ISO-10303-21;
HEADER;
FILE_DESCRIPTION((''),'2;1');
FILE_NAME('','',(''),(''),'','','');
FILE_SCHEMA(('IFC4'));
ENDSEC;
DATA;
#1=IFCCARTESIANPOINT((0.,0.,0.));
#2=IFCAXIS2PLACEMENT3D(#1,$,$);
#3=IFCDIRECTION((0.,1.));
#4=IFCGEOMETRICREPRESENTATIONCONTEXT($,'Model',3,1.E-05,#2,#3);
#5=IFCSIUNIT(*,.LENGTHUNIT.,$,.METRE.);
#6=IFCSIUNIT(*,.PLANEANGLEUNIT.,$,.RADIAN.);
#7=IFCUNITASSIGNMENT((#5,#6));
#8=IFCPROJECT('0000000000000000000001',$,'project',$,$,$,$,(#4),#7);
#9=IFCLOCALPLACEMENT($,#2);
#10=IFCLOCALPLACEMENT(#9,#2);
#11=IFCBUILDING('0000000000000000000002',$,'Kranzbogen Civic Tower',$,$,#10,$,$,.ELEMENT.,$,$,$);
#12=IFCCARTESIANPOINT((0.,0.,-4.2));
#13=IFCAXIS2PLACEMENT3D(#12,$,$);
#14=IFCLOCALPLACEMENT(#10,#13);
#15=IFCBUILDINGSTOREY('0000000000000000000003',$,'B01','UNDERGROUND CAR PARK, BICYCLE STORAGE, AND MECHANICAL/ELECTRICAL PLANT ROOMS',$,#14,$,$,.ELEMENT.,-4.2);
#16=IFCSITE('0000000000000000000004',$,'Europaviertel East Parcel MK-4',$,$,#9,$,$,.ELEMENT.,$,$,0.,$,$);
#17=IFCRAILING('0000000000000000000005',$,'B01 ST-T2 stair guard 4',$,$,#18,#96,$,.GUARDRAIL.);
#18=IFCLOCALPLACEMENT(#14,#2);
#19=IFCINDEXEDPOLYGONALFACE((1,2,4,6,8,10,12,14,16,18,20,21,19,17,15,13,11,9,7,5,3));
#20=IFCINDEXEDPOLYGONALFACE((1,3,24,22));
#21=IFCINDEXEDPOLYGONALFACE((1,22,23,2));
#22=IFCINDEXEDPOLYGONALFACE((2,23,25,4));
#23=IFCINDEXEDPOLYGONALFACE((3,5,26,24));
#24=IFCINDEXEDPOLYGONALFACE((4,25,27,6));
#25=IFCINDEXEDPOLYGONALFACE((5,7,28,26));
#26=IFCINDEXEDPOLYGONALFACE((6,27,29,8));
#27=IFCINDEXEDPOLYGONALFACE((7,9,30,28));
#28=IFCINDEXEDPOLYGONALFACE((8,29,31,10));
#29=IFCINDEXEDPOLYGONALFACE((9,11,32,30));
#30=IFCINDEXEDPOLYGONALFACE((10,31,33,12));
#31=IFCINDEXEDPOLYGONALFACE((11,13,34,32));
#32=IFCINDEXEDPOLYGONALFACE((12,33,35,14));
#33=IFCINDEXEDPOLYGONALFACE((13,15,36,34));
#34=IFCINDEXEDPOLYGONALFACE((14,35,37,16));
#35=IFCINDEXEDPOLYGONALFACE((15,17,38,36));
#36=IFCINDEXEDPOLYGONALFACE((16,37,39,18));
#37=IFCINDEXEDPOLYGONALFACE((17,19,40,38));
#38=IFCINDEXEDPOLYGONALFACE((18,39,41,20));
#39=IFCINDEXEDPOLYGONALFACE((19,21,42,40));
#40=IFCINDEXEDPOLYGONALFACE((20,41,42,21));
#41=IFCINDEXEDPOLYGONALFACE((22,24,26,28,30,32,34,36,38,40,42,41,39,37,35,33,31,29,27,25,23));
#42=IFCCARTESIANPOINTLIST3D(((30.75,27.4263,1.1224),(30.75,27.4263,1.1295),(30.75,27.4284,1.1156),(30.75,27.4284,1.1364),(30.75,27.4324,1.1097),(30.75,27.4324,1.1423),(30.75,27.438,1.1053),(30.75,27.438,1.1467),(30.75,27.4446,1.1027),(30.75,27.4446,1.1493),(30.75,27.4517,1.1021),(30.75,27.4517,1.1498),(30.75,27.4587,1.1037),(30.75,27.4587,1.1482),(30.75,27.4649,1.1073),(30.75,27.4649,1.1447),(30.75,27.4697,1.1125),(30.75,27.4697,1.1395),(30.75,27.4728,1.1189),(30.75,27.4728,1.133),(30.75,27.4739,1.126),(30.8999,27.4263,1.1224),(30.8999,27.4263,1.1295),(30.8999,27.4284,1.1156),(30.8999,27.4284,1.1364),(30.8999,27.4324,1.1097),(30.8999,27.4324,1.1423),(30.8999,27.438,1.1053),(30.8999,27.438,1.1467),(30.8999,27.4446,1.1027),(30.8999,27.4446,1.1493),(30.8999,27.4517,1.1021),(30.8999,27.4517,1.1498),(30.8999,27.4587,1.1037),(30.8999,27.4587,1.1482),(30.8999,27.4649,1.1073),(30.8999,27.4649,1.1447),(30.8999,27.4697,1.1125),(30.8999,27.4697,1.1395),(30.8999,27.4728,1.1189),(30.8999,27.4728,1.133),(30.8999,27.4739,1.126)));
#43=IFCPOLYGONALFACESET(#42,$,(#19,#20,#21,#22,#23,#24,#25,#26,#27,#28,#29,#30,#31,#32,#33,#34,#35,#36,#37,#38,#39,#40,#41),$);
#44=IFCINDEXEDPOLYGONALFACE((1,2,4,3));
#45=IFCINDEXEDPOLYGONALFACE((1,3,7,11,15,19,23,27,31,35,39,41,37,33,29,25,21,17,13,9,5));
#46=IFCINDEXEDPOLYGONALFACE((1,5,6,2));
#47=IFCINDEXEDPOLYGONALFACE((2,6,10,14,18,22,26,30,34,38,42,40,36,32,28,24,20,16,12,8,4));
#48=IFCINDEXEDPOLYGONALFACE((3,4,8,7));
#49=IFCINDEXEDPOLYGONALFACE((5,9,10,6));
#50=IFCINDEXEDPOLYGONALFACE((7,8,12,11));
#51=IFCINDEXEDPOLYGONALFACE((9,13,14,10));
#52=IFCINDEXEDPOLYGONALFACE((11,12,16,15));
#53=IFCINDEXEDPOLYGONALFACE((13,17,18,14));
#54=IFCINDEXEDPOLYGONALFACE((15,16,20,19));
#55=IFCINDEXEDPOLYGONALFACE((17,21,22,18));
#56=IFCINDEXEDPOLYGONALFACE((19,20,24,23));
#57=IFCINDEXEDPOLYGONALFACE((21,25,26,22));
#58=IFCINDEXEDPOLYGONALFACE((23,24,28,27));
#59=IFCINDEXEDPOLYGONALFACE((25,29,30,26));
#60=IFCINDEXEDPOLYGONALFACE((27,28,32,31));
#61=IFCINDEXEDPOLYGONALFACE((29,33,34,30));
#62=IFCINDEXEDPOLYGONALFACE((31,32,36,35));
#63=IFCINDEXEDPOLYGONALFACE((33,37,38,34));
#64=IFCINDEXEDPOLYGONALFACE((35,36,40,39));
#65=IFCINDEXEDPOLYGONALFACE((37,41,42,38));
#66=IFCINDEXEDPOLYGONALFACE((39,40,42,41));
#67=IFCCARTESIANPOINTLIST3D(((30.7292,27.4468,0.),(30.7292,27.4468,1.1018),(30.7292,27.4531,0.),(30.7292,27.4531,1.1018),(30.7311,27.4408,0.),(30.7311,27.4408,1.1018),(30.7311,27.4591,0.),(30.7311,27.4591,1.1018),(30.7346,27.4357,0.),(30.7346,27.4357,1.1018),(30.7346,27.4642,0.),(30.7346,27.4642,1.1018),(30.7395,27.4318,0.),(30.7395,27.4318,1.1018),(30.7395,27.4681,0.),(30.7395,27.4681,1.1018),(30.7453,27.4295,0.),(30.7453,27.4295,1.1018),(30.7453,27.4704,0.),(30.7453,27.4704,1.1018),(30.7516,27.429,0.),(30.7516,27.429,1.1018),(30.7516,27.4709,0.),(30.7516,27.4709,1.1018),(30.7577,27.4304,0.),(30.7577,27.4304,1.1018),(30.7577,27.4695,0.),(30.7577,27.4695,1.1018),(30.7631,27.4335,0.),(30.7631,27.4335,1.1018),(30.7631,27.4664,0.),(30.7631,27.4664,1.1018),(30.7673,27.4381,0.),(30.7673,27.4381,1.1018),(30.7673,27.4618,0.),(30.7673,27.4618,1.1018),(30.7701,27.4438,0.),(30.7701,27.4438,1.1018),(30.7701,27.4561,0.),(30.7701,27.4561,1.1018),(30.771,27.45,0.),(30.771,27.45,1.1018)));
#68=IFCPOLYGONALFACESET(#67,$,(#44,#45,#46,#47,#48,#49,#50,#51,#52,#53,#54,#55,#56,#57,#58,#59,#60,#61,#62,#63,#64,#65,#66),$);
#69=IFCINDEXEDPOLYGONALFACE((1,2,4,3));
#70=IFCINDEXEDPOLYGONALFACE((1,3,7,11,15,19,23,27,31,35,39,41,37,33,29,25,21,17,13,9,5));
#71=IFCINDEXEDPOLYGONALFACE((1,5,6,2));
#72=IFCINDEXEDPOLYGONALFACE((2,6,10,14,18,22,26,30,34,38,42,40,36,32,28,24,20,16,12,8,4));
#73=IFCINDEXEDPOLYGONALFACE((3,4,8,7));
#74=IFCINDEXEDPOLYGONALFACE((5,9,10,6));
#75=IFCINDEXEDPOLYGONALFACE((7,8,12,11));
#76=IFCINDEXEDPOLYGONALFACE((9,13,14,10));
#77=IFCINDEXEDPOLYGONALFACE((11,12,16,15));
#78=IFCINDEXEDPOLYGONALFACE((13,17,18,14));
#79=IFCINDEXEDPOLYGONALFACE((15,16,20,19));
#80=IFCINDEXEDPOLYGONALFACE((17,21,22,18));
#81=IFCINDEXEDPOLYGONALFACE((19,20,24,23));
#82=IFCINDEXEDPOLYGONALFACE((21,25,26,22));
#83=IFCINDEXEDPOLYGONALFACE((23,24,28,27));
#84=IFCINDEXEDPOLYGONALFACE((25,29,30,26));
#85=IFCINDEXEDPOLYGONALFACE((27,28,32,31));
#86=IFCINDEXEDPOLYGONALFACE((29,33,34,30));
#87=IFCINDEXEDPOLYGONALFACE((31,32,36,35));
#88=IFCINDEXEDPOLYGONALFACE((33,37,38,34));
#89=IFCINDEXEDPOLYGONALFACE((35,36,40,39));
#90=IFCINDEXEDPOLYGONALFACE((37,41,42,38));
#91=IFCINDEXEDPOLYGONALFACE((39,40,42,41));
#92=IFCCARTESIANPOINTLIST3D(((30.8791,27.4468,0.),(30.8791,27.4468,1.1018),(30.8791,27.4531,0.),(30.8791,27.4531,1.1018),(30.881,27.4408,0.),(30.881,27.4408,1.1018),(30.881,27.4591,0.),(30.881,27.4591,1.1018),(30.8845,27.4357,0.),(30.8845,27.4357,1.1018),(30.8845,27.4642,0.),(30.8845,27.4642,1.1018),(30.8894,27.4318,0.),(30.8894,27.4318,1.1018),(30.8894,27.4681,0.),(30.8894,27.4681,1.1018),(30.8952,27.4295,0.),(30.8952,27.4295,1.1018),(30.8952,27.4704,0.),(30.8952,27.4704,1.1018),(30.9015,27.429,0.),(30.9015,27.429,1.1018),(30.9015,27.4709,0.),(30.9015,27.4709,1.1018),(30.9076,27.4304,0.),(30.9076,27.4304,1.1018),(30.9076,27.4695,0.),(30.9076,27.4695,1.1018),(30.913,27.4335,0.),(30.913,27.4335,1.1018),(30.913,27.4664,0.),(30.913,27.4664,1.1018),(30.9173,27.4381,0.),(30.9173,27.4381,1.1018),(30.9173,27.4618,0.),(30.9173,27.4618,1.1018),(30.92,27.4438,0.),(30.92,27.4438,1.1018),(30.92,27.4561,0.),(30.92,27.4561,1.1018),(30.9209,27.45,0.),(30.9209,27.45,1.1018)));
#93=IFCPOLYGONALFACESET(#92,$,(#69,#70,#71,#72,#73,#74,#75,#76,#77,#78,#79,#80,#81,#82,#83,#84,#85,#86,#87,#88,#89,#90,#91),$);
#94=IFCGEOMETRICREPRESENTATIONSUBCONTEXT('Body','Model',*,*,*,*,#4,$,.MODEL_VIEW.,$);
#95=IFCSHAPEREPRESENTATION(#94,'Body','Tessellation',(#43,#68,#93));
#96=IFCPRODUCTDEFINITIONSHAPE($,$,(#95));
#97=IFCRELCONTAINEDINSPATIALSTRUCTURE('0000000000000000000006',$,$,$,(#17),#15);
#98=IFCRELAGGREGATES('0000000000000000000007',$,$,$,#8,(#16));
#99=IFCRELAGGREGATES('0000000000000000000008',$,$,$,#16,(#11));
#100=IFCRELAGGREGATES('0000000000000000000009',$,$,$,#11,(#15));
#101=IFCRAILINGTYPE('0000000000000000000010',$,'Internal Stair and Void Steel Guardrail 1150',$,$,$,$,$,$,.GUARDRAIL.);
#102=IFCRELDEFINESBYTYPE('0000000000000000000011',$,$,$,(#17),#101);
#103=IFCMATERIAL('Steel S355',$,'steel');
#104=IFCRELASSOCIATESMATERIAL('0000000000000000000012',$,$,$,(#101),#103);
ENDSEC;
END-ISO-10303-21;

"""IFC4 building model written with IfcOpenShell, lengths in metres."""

from ifc_helpers import new_model, si_unit, direction, frame, origin, origin_2d, place, context, subcontext, project, spatial, circle, extrude, material, type_object, element, save


model = new_model("IFC4")

# Units and contexts
model_context = context("Model", 3, precision=1e-05, world=origin(), true_north=direction((0.0, 1.0)))
body_context = subcontext(model_context, "Body", "Model", "MODEL_VIEW")
ifc_project = project(units=[si_unit("LENGTHUNIT", "METRE"), si_unit("PLANEANGLEUNIT", "RADIAN")], contexts=[model_context])

# Site, building, storey
site_placement = place(None, origin())
site = spatial("IfcSite", under=ifc_project, at=site_placement, Name="Europaviertel East Parcel MK-4", CompositionType="ELEMENT", RefElevation=0.0)
building_placement = place(site_placement, origin())
building = spatial("IfcBuilding", under=site, at=building_placement, Name="Kranzbogen Civic Tower", CompositionType="ELEMENT")
storey_placement = place(building_placement, frame((0.0, 0.0, -4.2)))
storey = spatial("IfcBuildingStorey", under=building, at=storey_placement, Name="B01", Description="UNDERGROUND CAR PARK, BICYCLE STORAGE, AND MECHANICAL/ELECTRICAL PLANT ROOMS", CompositionType="ELEMENT", Elevation=-4.2)

# Shared definitions
ifc_material_1 = material(Name="Steel S355", Category="steel")

# Railing
railing_type_1 = type_object("IfcRailingType", Name="Internal Stair and Void Steel Guardrail 1150", PredefinedType="GUARDRAIL", material=ifc_material_1)
railing_1_placement = place(storey_placement, frame((30.75, 27.45, 0.0)))
element("IfcRailing", 1, at=railing_1_placement, inside=storey, type_object=railing_type_1, Name="B01 ST-T2 stair guard 4", PredefinedType="GUARDRAIL", context=body_context, shape_type="SweptSolid", body=[
    extrude(circle(Radius=0.0239, at=origin_2d()), frame((0.0, 0.0, 1.126), z_axis=(1.0, 0.0, 0.0), x_axis=(0.0, 1.0, 0.0)), (0.0, 0.0, 1.0), 0.1499),
    extrude(circle(Radius=0.021, at=origin_2d()), origin(), (0.0, 0.0, 1.0), 1.1018),
    extrude(circle(Radius=0.021, at=origin_2d()), frame((0.1499, 0.0, 0.0)), (0.0, 0.0, 1.0), 1.1018),
])

save(model, "model.ifc")
